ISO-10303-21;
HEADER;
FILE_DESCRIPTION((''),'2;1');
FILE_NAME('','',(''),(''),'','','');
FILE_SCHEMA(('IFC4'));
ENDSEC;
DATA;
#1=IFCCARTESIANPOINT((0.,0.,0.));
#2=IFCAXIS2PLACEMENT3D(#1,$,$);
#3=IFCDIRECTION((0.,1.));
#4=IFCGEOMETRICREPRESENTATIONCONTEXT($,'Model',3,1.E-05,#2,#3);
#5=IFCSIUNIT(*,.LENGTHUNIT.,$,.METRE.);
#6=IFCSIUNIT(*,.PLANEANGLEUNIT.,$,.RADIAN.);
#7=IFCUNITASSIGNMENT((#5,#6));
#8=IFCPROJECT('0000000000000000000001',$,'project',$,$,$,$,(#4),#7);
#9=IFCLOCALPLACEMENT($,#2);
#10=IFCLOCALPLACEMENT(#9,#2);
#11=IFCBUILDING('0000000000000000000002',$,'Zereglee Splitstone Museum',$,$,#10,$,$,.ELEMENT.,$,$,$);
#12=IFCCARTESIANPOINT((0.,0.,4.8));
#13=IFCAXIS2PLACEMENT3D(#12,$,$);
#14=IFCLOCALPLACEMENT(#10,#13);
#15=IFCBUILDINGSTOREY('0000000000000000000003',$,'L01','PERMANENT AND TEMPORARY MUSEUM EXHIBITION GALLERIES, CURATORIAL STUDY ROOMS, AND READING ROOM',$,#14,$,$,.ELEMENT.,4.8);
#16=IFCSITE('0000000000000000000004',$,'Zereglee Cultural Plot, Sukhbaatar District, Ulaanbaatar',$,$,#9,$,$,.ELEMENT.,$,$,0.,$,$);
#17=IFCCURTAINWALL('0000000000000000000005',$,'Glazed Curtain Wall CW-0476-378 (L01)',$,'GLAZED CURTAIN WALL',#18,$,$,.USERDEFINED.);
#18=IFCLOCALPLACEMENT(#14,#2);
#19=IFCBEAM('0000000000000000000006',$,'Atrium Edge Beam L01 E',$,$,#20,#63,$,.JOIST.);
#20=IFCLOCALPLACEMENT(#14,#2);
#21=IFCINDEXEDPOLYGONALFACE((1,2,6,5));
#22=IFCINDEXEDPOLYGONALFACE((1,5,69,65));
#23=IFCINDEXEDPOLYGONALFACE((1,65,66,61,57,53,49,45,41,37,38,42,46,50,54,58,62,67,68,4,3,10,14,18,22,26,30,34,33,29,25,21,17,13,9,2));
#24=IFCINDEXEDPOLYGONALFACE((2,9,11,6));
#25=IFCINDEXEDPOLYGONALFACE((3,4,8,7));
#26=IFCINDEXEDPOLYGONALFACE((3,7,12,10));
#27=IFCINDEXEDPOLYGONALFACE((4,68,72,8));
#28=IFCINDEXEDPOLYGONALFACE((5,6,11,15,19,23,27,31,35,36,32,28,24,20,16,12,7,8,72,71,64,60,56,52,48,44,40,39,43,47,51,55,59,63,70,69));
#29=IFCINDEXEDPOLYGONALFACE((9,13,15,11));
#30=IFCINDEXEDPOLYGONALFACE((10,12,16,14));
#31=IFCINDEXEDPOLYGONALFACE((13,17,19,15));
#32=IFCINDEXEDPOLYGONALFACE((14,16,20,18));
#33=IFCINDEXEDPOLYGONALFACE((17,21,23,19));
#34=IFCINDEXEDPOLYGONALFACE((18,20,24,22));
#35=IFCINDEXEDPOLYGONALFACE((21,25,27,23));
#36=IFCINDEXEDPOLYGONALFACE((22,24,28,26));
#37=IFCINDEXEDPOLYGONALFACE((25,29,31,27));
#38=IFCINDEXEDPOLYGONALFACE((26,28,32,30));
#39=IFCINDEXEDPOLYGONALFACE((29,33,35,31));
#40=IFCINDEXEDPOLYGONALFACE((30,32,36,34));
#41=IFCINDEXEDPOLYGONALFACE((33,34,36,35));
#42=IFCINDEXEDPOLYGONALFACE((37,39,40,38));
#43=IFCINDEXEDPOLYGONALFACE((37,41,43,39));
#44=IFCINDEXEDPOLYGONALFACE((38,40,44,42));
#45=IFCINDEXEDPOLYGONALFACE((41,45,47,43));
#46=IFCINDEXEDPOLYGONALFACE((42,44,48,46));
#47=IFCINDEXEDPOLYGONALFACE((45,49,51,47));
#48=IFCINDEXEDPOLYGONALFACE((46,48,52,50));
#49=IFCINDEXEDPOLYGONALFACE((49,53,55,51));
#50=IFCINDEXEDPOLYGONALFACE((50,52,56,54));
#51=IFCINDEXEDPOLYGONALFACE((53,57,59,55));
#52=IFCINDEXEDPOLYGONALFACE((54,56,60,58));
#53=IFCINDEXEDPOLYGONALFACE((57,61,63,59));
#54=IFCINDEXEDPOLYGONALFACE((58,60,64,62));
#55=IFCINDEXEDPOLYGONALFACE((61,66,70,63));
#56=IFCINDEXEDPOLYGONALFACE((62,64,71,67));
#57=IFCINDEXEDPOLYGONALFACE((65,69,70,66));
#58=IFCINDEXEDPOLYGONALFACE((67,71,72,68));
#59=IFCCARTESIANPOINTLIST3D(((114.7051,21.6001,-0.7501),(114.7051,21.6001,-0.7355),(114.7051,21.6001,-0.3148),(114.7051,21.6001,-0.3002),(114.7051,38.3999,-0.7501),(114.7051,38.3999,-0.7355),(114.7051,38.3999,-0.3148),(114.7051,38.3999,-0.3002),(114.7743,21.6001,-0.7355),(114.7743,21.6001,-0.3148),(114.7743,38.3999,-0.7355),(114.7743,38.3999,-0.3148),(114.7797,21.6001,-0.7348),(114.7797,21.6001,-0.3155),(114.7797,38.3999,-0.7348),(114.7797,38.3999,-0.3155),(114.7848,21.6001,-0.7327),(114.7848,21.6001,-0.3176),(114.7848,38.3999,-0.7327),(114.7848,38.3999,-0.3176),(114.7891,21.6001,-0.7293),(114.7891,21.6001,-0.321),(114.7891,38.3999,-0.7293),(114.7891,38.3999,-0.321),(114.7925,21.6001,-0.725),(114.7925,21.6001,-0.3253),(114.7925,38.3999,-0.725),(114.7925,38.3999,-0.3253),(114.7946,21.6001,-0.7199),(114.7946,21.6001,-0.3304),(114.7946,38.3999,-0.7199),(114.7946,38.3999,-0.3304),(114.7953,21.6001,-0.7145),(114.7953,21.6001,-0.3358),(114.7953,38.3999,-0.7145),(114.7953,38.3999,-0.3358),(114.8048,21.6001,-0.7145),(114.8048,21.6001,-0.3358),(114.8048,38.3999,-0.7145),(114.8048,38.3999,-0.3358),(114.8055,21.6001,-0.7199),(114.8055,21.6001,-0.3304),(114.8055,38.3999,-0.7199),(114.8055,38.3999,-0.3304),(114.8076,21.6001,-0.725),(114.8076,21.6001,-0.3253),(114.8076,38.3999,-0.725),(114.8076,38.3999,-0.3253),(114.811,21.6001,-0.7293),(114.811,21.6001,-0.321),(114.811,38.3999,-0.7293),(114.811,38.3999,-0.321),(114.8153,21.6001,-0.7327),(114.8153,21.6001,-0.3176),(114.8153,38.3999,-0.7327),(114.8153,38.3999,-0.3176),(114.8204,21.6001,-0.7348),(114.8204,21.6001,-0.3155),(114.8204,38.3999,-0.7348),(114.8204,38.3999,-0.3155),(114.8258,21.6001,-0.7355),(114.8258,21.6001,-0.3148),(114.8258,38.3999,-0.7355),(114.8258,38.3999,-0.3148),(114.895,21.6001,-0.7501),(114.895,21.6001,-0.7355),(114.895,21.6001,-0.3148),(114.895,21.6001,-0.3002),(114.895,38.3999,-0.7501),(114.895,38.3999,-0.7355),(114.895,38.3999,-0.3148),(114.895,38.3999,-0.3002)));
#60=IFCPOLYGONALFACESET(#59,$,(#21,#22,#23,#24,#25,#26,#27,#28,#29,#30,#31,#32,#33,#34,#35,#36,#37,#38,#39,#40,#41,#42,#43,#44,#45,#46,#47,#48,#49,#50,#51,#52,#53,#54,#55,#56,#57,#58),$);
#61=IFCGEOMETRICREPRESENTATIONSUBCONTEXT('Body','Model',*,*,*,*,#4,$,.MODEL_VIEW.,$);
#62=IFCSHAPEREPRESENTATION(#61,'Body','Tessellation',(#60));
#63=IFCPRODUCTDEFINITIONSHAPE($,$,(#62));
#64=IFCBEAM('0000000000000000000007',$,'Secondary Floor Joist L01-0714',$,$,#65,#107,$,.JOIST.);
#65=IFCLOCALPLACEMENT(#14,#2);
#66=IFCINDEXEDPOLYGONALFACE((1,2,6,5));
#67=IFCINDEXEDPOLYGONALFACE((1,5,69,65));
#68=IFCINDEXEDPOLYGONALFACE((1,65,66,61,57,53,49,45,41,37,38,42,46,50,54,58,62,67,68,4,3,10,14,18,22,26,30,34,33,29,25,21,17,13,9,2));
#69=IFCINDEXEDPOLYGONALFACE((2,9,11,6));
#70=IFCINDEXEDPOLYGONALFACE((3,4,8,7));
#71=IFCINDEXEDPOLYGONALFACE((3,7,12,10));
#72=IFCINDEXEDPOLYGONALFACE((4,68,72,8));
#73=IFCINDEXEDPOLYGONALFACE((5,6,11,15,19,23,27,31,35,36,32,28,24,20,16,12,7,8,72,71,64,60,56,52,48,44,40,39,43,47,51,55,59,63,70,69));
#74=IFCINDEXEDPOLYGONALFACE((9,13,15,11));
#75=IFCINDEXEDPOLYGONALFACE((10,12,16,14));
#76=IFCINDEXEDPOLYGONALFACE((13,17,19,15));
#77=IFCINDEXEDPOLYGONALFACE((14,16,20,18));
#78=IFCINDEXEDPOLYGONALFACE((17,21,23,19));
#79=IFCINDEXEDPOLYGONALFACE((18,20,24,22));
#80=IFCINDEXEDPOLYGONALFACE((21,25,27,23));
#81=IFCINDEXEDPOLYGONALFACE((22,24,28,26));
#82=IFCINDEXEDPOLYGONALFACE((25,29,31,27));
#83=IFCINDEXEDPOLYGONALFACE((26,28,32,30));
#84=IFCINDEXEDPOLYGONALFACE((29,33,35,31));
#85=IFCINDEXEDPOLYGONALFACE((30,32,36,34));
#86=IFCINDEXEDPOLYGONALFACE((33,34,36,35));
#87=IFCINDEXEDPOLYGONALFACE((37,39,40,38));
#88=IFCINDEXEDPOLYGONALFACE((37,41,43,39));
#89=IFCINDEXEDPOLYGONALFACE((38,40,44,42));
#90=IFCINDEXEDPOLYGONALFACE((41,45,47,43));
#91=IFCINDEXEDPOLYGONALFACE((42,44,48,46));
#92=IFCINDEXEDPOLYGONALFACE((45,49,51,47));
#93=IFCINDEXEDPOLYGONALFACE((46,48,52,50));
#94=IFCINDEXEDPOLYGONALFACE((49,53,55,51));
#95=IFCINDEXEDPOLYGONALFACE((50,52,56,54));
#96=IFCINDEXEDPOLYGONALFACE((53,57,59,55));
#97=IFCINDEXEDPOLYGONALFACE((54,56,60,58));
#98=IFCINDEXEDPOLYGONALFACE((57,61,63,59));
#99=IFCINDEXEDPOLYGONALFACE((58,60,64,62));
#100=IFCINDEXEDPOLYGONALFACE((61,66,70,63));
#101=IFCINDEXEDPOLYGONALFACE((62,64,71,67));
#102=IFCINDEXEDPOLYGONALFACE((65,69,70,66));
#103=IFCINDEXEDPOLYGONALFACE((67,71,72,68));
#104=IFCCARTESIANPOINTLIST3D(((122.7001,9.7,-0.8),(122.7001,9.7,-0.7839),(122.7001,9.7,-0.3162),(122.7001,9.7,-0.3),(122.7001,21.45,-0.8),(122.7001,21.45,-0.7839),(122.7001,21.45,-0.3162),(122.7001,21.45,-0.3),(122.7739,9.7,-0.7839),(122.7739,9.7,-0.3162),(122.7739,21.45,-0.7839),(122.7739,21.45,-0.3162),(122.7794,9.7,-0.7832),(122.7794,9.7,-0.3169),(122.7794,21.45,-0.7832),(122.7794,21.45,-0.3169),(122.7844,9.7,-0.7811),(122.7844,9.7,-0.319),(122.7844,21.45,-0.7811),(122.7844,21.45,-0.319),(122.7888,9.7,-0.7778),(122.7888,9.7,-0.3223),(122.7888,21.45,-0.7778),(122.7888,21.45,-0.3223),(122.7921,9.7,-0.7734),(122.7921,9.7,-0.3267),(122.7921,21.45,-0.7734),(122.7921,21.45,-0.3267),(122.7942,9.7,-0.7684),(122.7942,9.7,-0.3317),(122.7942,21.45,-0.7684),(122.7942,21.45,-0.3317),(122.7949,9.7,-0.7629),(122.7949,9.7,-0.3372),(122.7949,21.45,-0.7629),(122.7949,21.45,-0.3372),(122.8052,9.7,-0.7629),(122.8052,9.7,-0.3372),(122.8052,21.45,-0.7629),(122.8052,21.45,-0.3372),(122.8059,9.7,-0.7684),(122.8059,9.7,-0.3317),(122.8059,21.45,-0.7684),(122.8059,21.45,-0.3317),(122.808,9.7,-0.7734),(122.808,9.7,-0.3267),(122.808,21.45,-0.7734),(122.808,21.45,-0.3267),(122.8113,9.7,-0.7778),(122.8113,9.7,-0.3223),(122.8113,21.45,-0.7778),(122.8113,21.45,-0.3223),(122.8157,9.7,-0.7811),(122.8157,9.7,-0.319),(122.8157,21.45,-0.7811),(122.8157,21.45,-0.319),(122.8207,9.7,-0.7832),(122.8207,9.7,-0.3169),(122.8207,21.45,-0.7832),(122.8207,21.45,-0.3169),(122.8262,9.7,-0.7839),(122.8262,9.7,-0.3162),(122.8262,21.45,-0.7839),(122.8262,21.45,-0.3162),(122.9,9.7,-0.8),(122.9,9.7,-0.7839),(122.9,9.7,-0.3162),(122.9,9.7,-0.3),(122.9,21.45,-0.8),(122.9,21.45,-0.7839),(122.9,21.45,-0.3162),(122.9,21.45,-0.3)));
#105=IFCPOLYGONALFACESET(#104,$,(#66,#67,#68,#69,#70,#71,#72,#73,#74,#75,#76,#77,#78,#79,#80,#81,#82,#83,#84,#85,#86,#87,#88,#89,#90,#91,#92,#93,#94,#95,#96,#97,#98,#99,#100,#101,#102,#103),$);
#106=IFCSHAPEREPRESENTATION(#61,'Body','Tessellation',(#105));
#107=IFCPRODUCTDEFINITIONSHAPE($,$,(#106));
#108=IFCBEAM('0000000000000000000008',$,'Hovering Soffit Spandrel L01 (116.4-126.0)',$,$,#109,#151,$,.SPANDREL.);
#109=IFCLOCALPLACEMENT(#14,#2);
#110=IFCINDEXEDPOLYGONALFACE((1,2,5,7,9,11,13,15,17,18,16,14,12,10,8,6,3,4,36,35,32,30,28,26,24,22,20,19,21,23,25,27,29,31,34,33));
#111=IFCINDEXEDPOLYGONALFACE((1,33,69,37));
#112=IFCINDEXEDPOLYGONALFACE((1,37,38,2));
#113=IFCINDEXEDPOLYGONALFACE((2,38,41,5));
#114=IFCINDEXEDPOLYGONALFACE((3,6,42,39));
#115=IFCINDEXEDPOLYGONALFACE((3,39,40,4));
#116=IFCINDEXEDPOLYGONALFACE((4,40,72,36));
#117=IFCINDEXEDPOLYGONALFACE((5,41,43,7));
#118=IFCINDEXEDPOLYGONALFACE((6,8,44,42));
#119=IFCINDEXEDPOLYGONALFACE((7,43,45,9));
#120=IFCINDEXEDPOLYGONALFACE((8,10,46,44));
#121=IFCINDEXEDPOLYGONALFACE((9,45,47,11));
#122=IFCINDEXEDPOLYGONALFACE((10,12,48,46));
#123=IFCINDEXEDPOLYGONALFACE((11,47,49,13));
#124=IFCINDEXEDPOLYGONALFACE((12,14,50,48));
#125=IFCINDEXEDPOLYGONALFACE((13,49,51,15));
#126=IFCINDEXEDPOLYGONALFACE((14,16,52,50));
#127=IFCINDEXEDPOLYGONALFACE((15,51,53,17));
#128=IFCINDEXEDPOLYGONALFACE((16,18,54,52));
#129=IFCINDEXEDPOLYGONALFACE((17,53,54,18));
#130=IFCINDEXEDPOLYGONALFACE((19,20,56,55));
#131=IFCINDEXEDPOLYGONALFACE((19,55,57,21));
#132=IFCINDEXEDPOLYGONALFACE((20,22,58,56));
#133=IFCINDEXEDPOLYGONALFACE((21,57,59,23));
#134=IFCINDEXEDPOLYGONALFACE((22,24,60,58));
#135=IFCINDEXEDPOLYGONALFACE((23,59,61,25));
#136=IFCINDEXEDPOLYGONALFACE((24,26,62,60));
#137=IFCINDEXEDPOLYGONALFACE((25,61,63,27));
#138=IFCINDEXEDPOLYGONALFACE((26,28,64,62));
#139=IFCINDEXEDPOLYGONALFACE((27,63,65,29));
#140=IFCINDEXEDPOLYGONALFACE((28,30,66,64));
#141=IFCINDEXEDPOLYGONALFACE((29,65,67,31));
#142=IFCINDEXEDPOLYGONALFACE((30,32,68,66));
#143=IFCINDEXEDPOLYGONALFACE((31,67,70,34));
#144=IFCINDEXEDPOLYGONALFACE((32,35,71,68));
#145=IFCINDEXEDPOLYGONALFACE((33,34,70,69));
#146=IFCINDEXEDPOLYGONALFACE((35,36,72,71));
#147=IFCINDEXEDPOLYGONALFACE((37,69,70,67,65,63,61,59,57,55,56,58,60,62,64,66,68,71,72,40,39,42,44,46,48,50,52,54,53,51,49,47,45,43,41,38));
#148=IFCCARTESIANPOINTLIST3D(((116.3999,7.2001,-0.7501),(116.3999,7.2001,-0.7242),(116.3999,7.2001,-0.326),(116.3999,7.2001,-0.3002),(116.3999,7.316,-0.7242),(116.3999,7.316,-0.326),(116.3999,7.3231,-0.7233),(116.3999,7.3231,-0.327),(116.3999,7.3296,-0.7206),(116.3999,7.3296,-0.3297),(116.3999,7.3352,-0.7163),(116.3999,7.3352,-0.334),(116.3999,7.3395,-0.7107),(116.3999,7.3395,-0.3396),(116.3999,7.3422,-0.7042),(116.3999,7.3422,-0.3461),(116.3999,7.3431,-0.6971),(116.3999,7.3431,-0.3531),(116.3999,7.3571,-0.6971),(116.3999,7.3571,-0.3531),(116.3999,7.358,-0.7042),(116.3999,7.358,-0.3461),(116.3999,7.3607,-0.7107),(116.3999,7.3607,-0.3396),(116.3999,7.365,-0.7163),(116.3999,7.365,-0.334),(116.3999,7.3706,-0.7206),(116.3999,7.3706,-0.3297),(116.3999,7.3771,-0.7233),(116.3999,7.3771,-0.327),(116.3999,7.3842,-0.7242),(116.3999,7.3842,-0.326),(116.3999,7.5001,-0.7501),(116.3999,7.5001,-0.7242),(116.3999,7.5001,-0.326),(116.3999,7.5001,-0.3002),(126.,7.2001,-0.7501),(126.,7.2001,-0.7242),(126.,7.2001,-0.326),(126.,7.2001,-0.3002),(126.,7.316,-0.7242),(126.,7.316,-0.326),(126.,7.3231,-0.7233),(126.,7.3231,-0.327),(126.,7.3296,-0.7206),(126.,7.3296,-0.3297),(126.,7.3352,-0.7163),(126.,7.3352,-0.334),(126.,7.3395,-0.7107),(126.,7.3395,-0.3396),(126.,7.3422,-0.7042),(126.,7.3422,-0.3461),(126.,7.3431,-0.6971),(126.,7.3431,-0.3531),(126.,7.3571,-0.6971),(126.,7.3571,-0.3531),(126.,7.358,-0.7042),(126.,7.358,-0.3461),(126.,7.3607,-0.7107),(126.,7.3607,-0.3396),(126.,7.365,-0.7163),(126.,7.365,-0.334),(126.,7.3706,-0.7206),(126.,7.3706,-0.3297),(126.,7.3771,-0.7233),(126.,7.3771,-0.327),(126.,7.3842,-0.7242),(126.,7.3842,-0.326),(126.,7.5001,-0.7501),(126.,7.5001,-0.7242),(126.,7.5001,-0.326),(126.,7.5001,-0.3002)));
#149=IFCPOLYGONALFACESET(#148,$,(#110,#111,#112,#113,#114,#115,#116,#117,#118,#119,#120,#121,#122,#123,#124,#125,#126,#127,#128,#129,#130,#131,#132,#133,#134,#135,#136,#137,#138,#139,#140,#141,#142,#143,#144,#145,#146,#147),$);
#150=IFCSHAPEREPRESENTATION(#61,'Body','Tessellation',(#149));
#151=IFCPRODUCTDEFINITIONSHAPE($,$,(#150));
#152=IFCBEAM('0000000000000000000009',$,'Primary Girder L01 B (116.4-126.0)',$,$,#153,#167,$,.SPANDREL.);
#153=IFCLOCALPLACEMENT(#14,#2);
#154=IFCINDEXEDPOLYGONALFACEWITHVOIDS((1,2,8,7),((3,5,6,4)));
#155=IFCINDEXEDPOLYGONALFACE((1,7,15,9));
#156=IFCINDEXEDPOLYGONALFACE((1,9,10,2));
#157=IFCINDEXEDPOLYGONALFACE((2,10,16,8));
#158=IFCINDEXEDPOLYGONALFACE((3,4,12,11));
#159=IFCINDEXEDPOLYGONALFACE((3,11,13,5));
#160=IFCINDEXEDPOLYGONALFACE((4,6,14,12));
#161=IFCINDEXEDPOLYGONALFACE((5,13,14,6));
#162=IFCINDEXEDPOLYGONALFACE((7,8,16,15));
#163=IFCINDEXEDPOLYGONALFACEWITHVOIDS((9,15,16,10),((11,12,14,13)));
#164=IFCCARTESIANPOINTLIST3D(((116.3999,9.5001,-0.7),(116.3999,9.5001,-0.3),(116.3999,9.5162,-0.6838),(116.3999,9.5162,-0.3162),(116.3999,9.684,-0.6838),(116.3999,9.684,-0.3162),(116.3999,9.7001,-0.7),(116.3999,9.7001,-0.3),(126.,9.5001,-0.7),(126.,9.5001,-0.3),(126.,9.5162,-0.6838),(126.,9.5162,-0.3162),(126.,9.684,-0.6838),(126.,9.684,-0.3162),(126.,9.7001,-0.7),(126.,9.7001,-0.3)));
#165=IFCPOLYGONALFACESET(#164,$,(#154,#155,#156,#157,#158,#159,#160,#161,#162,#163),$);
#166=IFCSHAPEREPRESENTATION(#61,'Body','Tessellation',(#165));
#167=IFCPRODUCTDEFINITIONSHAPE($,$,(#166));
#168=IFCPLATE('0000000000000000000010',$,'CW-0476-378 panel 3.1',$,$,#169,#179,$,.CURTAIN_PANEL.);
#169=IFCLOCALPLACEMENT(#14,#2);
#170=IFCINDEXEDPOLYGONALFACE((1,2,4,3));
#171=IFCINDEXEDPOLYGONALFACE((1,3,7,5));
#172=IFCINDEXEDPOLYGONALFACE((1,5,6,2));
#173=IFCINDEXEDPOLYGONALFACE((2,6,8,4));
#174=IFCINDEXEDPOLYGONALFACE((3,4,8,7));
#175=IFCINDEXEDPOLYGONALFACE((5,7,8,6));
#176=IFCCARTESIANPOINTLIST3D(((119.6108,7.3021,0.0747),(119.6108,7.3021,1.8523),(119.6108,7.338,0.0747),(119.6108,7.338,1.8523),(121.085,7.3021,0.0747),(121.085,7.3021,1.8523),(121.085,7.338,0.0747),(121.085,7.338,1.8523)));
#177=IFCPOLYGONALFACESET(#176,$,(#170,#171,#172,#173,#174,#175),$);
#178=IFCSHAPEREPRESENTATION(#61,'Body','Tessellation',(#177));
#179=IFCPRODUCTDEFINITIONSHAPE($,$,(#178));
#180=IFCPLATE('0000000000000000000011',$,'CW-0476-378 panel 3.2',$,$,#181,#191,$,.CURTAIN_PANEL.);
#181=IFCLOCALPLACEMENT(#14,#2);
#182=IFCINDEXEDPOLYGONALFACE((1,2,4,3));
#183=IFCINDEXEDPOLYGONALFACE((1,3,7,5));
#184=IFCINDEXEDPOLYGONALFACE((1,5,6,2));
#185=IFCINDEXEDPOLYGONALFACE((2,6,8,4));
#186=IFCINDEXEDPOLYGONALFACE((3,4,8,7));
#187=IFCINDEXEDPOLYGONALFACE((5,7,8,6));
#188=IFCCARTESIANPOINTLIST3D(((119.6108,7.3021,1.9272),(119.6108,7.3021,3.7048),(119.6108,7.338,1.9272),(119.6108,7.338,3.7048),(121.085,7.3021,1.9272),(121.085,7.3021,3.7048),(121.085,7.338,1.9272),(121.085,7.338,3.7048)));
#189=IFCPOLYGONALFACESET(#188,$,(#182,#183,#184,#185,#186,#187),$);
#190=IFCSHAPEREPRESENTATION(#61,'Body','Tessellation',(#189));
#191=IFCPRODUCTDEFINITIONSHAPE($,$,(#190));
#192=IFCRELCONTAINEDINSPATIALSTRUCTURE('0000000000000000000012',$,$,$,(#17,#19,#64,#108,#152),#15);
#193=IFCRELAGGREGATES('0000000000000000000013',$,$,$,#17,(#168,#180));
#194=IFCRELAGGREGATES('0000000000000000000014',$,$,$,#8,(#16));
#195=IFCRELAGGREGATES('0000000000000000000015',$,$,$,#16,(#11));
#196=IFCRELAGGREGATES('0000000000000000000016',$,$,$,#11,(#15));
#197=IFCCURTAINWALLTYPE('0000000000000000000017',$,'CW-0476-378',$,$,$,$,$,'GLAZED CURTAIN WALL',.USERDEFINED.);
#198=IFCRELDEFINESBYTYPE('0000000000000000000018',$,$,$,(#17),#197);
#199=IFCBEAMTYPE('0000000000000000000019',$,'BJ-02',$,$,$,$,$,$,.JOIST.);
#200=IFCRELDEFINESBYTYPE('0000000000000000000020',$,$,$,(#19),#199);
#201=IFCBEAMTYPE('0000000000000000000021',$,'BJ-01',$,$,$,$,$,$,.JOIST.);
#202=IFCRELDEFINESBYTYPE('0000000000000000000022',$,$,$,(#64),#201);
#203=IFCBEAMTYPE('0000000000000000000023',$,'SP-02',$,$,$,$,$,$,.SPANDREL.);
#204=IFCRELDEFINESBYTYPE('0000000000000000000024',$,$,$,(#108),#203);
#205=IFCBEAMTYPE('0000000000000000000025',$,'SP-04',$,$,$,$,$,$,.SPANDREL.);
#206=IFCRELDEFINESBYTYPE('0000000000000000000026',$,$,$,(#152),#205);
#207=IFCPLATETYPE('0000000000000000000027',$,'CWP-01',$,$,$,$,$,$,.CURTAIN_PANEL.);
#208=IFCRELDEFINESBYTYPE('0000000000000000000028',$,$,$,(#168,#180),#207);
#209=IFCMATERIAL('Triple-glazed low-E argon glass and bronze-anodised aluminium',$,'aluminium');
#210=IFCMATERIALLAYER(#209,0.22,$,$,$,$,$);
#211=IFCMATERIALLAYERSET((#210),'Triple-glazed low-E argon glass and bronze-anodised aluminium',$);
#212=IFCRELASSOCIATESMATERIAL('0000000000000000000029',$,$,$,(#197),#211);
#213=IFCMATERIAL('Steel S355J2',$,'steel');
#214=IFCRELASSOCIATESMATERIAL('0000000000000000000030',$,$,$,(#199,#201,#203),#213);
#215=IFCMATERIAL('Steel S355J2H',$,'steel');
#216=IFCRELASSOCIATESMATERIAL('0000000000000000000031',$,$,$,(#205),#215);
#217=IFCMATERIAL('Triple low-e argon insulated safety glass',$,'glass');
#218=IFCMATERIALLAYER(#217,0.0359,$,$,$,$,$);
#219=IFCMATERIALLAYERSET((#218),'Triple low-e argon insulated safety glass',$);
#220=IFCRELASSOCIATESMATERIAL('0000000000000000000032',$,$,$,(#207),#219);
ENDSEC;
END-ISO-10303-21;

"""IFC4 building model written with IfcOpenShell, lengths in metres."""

from ifc_helpers import new_model, si_unit, direction, frame, origin, origin_2d, place, context, subcontext, project, spatial, rectangle, hollow_rectangle, i_section, extrude, material, layer, layer_set, material_profile, profile_set, type_object, element, aggregate, save


model = new_model("IFC4")

# Units and contexts
model_context = context("Model", 3, precision=1e-05, world=origin(), true_north=direction((0.0, 1.0)))
body_context = subcontext(model_context, "Body", "Model", "MODEL_VIEW")
ifc_project = project(units=[si_unit("LENGTHUNIT", "METRE"), si_unit("PLANEANGLEUNIT", "RADIAN")], contexts=[model_context])

# Site, building, storey
site_placement = place(None, origin())
site = spatial("IfcSite", under=ifc_project, at=site_placement, Name="Zereglee Cultural Plot, Sukhbaatar District, Ulaanbaatar", CompositionType="ELEMENT", RefElevation=0.0)
building_placement = place(site_placement, origin())
building = spatial("IfcBuilding", under=site, at=building_placement, Name="Zereglee Splitstone Museum", CompositionType="ELEMENT")
storey_placement = place(building_placement, frame((0.0, 0.0, 4.8)))
storey = spatial("IfcBuildingStorey", under=building, at=storey_placement, Name="L01", Description="PERMANENT AND TEMPORARY MUSEUM EXHIBITION GALLERIES, CURATORIAL STUDY ROOMS, AND READING ROOM", CompositionType="ELEMENT", Elevation=4.8)

# Shared definitions
ifc_material_1 = material(Name="Steel S355J2", Category="steel")
ifc_material_2 = material(Name="Steel S355J2H", Category="steel")

# Curtain wall
ifc_material_3 = material(Name="Triple-glazed low-E argon glass and bronze-anodised aluminium", Category="aluminium")
ifc_layer_1 = layer(ifc_material_3, 0.22)
ifc_layer_set_1 = layer_set([ifc_layer_1], Name="Triple-glazed low-E argon glass and bronze-anodised aluminium")
curtain_wall_type_1 = type_object("IfcCurtainWallType", Name="CW-0476-378", ElementType="GLAZED CURTAIN WALL", PredefinedType="USERDEFINED", material=ifc_layer_set_1)
curtain_wall_1_placement = place(storey_placement, origin())
curtain_wall_1 = element("IfcCurtainWall", 1, at=curtain_wall_1_placement, inside=storey, type_object=curtain_wall_type_1, Name="Glazed Curtain Wall CW-0476-378 (L01)", ObjectType="GLAZED CURTAIN WALL", PredefinedType="USERDEFINED")

# Beams
ifc_material_profile_1 = material_profile(ifc_material_1, i_section(OverallWidth=0.1899, OverallDepth=0.45, WebThickness=0.0095, FlangeThickness=0.0146, FilletRadius=0.021, at=origin_2d()), Name="IPE 450")
ifc_profile_set_1 = profile_set([ifc_material_profile_1], Name="Steel S355J2")
beam_type_1 = type_object("IfcBeamType", Name="BJ-02", PredefinedType="JOIST", material=ifc_profile_set_1)
beam_1_placement = place(storey_placement, frame((114.8, 21.6001, -0.5251), z_axis=(0.0, 1.0, 0.0), x_axis=(-1.0, 0.0, 0.0)))
element("IfcBeam", 2, at=beam_1_placement, inside=storey, type_object=beam_type_1, Name="Atrium Edge Beam L01 E", PredefinedType="JOIST", context=body_context, shape_type="SweptSolid", body=[
    extrude(i_section(OverallWidth=0.1899, OverallDepth=0.45, WebThickness=0.0095, FlangeThickness=0.0146, FilletRadius=0.021, at=origin_2d()), origin(), (0.0, 0.0, 1.0), 16.7998),
])
ifc_material_profile_2 = material_profile(ifc_material_1, i_section(OverallWidth=0.2, OverallDepth=0.5, WebThickness=0.0103, FlangeThickness=0.0161, FilletRadius=0.021, at=origin_2d()), Name="IPE 500")
ifc_profile_set_2 = profile_set([ifc_material_profile_2], Name="Steel S355J2")
beam_type_2 = type_object("IfcBeamType", Name="BJ-01", PredefinedType="JOIST", material=ifc_profile_set_2)
beam_2_placement = place(storey_placement, frame((122.8, 9.7, -0.55), z_axis=(0.0, 1.0, 0.0), x_axis=(-1.0, 0.0, 0.0)))
element("IfcBeam", 3, at=beam_2_placement, inside=storey, type_object=beam_type_2, Name="Secondary Floor Joist L01-0714", PredefinedType="JOIST", context=body_context, shape_type="SweptSolid", body=[
    extrude(i_section(OverallWidth=0.2, OverallDepth=0.5, WebThickness=0.0103, FlangeThickness=0.0161, FilletRadius=0.021, at=origin_2d()), origin(), (0.0, 0.0, 1.0), 11.75),
])
ifc_material_profile_3 = material_profile(ifc_material_1, i_section(OverallWidth=0.3, OverallDepth=0.45, WebThickness=0.0139, FlangeThickness=0.0259, FilletRadius=0.0271, at=origin_2d()), Name="HE 450 B")
ifc_profile_set_3 = profile_set([ifc_material_profile_3], Name="Steel S355J2")
beam_type_3 = type_object("IfcBeamType", Name="SP-02", PredefinedType="SPANDREL", material=ifc_profile_set_3)
beam_3_placement = place(storey_placement, frame((116.3999, 7.3501, -0.5251), z_axis=(1.0, 0.0, 0.0), x_axis=(0.0, 1.0, 0.0)))
element("IfcBeam", 4, at=beam_3_placement, inside=storey, type_object=beam_type_3, Name="Hovering Soffit Spandrel L01 (116.4-126.0)", PredefinedType="SPANDREL", context=body_context, shape_type="SweptSolid", body=[
    extrude(i_section(OverallWidth=0.3, OverallDepth=0.45, WebThickness=0.0139, FlangeThickness=0.0259, FilletRadius=0.0271, at=origin_2d()), origin(), (0.0, 0.0, 1.0), 9.6001),
])
ifc_material_profile_4 = material_profile(ifc_material_2, hollow_rectangle(XDim=0.2, YDim=0.3999, WallThickness=0.0161, at=origin_2d()), Name="RHS 400x200x16")
ifc_profile_set_4 = profile_set([ifc_material_profile_4], Name="Steel S355J2H")
beam_type_4 = type_object("IfcBeamType", Name="SP-04", PredefinedType="SPANDREL", material=ifc_profile_set_4)
beam_4_placement = place(storey_placement, frame((116.3999, 9.6001, -0.5), z_axis=(1.0, 0.0, 0.0), x_axis=(0.0, 1.0, 0.0)))
element("IfcBeam", 5, at=beam_4_placement, inside=storey, type_object=beam_type_4, Name="Primary Girder L01 B (116.4-126.0)", PredefinedType="SPANDREL", context=body_context, shape_type="SweptSolid", body=[
    extrude(hollow_rectangle(XDim=0.2, YDim=0.3999, WallThickness=0.0161, at=origin_2d()), origin(), (0.0, 0.0, 1.0), 9.6001),
])

# Plates
ifc_material_4 = material(Name="Triple low-e argon insulated safety glass", Category="glass")
ifc_layer_2 = layer(ifc_material_4, 0.0359)
ifc_layer_set_2 = layer_set([ifc_layer_2], Name="Triple low-e argon insulated safety glass")
plate_type = type_object("IfcPlateType", Name="CWP-01", PredefinedType="CURTAIN_PANEL", material=ifc_layer_set_2)
plate_1_placement = place(storey_placement, frame((120.3479, 7.3201, 0.0747), z_axis=(0.0, 0.0, 1.0), x_axis=(1.0, 0.0, 0.0)))
plate_1 = element("IfcPlate", 6, at=plate_1_placement, type_object=plate_type, Name="CW-0476-378 panel 3.1", PredefinedType="CURTAIN_PANEL", context=body_context, shape_type="SweptSolid", body=[
    extrude(rectangle(XDim=1.4741, YDim=0.0359, at=origin_2d()), origin(), (0.0, 0.0, 1.0), 1.7776),
])
plate_2_placement = place(storey_placement, frame((120.3479, 7.3201, 1.9272), z_axis=(0.0, 0.0, 1.0), x_axis=(1.0, 0.0, 0.0)))
plate_2 = element("IfcPlate", 7, at=plate_2_placement, type_object=plate_type, Name="CW-0476-378 panel 3.2", PredefinedType="CURTAIN_PANEL", context=body_context, shape_type="SweptSolid", body=[
    extrude(rectangle(XDim=1.4741, YDim=0.0359, at=origin_2d()), origin(), (0.0, 0.0, 1.0), 1.7776),
])
aggregate(curtain_wall_1, [plate_1, plate_2])

save(model, "model.ifc")
